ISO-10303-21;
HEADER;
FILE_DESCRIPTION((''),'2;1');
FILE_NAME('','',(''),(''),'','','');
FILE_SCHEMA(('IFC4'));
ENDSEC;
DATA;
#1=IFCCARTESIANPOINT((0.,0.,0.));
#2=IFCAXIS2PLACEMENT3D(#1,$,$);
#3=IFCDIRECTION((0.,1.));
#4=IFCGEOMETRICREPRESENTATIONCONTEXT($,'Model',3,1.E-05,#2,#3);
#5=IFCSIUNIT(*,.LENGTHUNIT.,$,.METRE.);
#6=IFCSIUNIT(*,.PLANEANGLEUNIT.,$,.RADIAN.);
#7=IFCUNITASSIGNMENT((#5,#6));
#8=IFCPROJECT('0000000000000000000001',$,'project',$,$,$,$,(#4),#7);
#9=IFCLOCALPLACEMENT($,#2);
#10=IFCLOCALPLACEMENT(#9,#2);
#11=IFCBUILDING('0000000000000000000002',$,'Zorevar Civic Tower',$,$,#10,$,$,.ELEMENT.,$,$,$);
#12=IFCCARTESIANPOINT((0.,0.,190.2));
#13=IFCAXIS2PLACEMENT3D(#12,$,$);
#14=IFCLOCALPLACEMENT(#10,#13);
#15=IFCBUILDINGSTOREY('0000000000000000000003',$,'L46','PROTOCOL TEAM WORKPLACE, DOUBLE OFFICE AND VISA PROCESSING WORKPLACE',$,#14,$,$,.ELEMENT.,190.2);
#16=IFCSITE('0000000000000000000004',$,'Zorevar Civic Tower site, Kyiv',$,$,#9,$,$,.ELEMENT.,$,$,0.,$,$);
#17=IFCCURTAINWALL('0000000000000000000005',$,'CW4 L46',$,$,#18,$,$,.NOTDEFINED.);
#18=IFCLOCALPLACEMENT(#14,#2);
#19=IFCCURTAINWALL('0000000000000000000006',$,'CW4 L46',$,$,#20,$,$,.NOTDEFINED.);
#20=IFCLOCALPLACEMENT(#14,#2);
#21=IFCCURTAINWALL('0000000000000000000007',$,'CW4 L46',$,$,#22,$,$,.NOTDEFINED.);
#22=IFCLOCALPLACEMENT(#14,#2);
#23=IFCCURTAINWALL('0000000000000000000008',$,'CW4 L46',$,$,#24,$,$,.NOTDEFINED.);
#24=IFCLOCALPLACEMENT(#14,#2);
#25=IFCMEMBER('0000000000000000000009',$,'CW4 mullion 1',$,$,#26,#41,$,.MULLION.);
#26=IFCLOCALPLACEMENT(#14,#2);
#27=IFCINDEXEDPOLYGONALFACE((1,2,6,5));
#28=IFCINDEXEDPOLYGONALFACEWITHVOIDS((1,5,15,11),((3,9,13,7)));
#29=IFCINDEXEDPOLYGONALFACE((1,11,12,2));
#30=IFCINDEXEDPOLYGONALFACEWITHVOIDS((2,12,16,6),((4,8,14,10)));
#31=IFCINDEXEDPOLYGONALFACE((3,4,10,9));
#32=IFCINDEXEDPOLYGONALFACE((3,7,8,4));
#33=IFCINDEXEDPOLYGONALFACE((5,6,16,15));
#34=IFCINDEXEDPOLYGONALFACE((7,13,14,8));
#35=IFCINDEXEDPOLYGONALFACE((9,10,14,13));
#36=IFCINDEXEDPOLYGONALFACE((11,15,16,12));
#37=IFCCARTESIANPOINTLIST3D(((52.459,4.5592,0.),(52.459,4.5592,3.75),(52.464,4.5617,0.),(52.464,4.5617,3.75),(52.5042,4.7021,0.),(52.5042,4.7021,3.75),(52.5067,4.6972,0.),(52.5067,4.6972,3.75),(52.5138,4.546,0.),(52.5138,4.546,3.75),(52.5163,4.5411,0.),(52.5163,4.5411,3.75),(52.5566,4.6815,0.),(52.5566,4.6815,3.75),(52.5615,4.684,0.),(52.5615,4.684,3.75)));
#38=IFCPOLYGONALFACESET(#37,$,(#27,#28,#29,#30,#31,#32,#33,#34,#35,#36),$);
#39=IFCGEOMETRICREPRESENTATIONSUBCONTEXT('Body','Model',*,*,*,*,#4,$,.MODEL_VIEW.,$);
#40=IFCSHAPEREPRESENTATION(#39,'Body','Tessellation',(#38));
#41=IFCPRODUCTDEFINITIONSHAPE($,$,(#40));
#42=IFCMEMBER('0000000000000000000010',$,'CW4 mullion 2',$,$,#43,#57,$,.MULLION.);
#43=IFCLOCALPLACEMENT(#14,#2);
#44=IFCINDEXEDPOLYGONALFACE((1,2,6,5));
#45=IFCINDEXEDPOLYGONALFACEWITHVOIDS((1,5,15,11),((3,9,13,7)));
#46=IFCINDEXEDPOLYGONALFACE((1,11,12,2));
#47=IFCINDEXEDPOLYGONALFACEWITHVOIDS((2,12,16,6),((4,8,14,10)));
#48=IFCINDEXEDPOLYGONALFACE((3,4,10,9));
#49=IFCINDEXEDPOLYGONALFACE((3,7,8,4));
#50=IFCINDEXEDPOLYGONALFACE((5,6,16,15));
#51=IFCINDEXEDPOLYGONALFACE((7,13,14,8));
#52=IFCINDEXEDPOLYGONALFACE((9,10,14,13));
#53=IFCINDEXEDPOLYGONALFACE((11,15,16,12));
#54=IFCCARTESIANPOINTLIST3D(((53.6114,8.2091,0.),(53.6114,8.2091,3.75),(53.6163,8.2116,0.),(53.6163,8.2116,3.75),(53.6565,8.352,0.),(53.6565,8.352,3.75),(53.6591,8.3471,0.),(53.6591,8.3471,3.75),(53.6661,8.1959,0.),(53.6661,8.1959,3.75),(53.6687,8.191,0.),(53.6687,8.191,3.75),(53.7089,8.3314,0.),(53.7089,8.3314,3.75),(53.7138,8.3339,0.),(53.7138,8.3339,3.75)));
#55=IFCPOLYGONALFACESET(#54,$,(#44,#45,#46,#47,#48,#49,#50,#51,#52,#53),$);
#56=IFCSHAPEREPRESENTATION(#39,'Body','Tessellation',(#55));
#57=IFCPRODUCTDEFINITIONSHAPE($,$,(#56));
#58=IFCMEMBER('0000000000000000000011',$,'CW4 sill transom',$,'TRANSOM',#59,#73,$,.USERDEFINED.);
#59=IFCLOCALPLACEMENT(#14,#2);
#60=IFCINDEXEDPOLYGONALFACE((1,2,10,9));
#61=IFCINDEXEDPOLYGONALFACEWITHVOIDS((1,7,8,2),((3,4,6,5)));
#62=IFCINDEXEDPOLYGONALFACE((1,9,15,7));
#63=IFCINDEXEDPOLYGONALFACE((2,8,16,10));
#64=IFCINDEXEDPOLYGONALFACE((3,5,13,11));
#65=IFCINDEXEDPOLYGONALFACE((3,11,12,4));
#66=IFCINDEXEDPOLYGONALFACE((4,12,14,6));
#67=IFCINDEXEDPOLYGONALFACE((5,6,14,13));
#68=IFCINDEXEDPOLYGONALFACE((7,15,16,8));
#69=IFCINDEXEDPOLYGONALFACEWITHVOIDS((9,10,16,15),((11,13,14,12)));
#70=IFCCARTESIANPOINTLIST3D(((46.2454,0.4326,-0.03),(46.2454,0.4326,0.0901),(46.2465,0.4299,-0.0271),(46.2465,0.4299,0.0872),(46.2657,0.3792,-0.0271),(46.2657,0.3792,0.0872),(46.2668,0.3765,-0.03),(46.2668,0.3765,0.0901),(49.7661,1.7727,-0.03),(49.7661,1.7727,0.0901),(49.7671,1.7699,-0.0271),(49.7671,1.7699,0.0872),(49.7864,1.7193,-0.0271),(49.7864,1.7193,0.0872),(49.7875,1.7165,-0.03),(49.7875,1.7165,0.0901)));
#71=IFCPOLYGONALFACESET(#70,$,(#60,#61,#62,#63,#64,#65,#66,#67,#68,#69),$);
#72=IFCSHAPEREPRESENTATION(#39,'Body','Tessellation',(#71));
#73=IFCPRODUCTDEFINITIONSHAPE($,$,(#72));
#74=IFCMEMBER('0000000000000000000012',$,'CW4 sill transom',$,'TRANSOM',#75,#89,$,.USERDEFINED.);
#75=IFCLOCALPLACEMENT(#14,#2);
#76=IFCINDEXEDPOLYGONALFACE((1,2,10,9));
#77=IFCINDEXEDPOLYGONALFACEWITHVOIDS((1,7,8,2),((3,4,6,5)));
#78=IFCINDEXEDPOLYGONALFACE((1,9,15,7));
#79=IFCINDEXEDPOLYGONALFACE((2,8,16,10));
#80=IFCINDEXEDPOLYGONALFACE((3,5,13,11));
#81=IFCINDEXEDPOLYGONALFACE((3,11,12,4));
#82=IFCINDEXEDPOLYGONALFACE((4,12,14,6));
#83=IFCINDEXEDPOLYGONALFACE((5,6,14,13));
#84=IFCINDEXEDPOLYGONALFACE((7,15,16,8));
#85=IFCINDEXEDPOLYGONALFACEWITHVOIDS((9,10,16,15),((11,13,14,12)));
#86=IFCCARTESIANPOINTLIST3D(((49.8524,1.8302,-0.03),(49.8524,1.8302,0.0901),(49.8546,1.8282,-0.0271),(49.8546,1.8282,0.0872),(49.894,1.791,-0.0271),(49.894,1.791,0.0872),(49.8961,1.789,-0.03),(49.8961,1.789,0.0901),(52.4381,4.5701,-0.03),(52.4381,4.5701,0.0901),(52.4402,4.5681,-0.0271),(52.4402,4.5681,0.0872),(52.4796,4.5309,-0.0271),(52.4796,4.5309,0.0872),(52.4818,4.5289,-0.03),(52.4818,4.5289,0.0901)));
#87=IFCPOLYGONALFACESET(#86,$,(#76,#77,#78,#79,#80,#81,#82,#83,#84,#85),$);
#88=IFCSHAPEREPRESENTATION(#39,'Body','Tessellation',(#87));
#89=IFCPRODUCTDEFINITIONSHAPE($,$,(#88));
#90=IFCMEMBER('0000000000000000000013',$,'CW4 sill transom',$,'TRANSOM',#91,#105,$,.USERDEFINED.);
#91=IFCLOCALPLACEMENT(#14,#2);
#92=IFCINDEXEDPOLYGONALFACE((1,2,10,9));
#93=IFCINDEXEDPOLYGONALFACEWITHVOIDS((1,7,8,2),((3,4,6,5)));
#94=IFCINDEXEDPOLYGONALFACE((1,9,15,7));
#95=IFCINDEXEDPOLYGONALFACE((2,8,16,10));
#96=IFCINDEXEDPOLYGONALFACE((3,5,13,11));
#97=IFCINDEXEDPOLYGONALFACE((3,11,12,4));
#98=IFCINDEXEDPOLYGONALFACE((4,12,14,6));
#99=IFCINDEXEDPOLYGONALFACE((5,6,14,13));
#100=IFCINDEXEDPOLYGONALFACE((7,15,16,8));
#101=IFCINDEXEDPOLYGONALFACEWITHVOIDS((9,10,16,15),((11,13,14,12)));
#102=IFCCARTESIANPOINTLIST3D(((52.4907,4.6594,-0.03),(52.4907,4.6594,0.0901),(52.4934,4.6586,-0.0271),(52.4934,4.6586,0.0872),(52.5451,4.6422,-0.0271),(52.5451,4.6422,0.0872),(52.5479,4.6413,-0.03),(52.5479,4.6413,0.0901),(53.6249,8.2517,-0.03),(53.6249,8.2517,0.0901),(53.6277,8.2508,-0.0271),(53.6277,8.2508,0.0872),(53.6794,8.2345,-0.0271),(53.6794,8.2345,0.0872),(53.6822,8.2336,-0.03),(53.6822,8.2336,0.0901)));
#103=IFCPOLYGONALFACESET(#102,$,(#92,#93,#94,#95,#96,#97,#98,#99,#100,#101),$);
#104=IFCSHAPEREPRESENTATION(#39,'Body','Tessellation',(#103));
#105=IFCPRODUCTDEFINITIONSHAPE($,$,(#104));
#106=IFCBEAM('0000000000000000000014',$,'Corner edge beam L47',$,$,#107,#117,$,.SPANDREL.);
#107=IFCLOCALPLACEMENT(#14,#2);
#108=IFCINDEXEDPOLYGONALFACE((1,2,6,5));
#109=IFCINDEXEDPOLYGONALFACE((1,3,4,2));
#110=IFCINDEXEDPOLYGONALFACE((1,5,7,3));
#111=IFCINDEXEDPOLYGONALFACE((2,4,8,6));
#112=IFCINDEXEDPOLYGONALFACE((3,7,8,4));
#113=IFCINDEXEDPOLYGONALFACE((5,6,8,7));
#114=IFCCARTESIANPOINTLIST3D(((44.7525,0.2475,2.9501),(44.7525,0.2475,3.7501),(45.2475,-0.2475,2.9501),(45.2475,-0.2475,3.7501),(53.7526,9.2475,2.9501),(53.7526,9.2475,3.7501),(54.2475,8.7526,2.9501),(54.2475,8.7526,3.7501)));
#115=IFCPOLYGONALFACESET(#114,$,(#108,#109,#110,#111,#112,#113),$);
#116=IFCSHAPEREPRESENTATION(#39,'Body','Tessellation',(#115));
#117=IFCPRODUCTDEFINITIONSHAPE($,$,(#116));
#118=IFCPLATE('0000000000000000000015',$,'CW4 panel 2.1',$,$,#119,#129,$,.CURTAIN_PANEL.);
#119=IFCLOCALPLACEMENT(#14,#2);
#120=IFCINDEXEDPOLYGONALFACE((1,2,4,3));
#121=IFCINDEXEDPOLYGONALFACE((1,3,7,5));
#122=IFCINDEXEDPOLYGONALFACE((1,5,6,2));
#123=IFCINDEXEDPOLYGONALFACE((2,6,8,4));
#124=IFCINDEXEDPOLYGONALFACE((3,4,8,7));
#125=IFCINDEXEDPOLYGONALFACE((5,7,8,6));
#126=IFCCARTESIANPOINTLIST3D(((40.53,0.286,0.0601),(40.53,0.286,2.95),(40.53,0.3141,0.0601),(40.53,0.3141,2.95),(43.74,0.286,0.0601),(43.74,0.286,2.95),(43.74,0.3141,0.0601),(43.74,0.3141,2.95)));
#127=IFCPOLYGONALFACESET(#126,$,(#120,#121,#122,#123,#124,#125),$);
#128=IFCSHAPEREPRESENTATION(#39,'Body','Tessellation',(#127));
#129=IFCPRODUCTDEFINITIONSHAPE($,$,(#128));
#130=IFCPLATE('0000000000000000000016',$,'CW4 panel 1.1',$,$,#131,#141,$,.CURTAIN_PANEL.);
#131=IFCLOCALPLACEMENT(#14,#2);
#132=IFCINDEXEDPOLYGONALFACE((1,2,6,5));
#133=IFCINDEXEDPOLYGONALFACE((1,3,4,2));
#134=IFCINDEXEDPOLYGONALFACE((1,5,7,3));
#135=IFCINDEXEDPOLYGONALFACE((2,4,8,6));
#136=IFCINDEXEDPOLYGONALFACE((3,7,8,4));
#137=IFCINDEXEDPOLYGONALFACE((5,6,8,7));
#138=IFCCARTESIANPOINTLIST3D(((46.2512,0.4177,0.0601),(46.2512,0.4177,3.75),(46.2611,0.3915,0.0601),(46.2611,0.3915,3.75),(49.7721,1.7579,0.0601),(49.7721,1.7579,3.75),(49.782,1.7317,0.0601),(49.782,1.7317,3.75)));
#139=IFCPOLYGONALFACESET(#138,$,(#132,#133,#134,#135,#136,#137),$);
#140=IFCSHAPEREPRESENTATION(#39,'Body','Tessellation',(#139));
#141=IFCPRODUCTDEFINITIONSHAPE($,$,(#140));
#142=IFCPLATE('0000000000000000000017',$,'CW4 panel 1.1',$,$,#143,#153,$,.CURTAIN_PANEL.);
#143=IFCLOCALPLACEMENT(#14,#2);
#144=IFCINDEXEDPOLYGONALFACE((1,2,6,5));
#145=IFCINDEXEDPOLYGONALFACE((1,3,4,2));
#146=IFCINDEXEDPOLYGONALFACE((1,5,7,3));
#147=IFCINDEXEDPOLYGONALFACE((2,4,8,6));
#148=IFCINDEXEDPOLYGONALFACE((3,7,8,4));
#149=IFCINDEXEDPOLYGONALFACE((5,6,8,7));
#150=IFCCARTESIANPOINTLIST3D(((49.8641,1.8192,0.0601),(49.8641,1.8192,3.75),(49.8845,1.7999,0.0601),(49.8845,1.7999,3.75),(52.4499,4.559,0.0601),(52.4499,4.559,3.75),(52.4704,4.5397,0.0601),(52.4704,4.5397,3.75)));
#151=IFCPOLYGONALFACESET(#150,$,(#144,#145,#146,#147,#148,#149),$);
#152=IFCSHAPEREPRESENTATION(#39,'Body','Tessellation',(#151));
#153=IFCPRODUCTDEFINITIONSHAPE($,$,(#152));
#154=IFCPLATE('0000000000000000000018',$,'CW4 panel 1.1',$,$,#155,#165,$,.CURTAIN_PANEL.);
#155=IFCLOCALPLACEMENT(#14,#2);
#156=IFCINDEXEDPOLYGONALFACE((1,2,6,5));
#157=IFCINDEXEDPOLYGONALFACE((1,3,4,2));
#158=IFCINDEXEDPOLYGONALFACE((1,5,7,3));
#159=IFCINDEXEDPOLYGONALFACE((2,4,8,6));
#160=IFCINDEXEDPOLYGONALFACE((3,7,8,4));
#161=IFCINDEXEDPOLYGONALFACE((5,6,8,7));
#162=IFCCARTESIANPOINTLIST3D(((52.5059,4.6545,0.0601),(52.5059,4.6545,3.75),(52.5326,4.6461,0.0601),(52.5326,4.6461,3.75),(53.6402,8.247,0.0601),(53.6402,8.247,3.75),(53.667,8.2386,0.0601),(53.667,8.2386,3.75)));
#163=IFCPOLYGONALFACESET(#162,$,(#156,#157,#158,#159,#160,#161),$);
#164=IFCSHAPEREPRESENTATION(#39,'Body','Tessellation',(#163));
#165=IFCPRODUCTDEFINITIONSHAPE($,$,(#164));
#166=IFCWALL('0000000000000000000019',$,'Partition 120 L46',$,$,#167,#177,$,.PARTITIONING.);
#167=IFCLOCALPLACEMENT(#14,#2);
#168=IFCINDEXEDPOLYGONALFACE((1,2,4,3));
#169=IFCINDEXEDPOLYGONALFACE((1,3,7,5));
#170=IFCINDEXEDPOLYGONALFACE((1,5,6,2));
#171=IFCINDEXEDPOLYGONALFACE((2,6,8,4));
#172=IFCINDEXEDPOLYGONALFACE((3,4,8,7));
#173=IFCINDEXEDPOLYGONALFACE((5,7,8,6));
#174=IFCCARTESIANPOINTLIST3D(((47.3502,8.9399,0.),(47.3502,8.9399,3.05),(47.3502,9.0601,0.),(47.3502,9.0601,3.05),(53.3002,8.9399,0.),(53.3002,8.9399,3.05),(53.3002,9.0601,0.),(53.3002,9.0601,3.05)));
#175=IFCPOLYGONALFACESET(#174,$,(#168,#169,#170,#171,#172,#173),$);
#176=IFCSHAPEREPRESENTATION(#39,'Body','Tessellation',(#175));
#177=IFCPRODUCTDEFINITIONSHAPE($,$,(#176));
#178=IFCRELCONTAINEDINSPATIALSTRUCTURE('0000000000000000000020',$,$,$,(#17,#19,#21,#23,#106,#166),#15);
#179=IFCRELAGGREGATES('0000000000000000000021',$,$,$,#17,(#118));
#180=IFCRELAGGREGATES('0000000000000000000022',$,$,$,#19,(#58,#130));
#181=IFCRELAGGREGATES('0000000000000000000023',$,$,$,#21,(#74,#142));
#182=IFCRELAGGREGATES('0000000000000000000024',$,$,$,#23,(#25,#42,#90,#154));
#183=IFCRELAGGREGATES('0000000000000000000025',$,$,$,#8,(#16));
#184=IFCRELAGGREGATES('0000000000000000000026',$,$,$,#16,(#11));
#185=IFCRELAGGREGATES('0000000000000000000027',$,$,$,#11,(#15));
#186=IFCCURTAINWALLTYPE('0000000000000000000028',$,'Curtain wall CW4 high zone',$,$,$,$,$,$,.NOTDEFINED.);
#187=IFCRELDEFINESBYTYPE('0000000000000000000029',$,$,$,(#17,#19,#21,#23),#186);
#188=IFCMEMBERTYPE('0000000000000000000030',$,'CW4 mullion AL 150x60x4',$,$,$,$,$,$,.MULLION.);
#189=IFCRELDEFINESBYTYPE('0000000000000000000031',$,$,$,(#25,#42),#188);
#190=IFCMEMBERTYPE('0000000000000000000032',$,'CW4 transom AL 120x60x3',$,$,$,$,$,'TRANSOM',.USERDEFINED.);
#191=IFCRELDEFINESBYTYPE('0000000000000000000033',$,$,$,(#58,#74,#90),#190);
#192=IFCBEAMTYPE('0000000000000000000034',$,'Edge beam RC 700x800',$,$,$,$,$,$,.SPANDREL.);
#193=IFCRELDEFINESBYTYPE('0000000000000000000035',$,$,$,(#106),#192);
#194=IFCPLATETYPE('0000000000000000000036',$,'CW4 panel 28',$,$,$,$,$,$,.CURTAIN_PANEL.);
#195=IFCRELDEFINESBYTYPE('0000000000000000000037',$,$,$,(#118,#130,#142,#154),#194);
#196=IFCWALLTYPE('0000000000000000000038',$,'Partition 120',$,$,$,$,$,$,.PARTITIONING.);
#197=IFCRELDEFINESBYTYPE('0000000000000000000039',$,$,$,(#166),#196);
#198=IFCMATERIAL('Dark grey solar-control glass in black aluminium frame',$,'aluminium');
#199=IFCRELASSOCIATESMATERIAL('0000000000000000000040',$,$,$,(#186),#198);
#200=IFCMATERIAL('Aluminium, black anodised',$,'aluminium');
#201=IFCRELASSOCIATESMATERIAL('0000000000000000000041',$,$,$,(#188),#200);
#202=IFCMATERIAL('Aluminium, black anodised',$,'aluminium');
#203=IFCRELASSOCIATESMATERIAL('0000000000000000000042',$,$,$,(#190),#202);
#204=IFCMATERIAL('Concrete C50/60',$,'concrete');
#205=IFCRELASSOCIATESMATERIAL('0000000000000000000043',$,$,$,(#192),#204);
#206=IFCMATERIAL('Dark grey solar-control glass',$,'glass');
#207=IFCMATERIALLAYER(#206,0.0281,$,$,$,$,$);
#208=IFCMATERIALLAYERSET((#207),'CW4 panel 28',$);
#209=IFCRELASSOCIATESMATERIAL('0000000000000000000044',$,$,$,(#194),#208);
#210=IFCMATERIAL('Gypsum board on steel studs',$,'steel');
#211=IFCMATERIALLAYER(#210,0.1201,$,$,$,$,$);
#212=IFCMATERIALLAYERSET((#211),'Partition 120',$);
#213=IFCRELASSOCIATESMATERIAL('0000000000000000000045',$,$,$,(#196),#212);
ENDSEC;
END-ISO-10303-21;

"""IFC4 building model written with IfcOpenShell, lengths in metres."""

from ifc_helpers import new_model, si_unit, direction, frame, frame_2d, origin, origin_2d, place, context, subcontext, project, spatial, rectangle, hollow_rectangle, extrude, material, layer, layer_set, material_profile, profile_set, type_object, element, aggregate, save


model = new_model("IFC4")

# Units and contexts
model_context = context("Model", 3, precision=1e-05, world=origin(), true_north=direction((0.0, 1.0)))
body_context = subcontext(model_context, "Body", "Model", "MODEL_VIEW")
ifc_project = project(units=[si_unit("LENGTHUNIT", "METRE"), si_unit("PLANEANGLEUNIT", "RADIAN")], contexts=[model_context])

# Site, building, storey
site_placement = place(None, origin())
site = spatial("IfcSite", under=ifc_project, at=site_placement, Name="Zorevar Civic Tower site, Kyiv", CompositionType="ELEMENT", RefElevation=0.0)
building_placement = place(site_placement, origin())
building = spatial("IfcBuilding", under=site, at=building_placement, Name="Zorevar Civic Tower", CompositionType="ELEMENT")
storey_placement = place(building_placement, frame((0.0, 0.0, 190.2)))
storey = spatial("IfcBuildingStorey", under=building, at=storey_placement, Name="L46", Description="PROTOCOL TEAM WORKPLACE, DOUBLE OFFICE AND VISA PROCESSING WORKPLACE", CompositionType="ELEMENT", Elevation=190.2)

# Curtain walls, members
ifc_material_1 = material(Name="Dark grey solar-control glass in black aluminium frame", Category="aluminium")
curtain_wall_type = type_object("IfcCurtainWallType", Name="Curtain wall CW4 high zone", PredefinedType="NOTDEFINED", material=ifc_material_1)
curtain_wall_1_placement = place(storey_placement, origin())
curtain_wall_1 = element("IfcCurtainWall", 1, at=curtain_wall_1_placement, inside=storey, type_object=curtain_wall_type, Name="CW4 L46", PredefinedType="NOTDEFINED")
ifc_material_2 = material(Name="Aluminium, black anodised", Category="aluminium")
ifc_material_profile_1 = material_profile(ifc_material_2, hollow_rectangle(XDim=0.0601, YDim=0.1499, WallThickness=0.0039, at=origin_2d()), Name="AL 150x60x4")
ifc_profile_set_1 = profile_set([ifc_material_profile_1], Name="Aluminium, black anodised")
member_type_1 = type_object("IfcMemberType", Name="CW4 mullion AL 150x60x4", PredefinedType="MULLION", material=ifc_profile_set_1)
curtain_wall_2_placement = place(storey_placement, origin())
curtain_wall_2 = element("IfcCurtainWall", 2, at=curtain_wall_2_placement, inside=storey, type_object=curtain_wall_type, Name="CW4 L46", PredefinedType="NOTDEFINED")
curtain_wall_3_placement = place(storey_placement, origin())
curtain_wall_3 = element("IfcCurtainWall", 3, at=curtain_wall_3_placement, inside=storey, type_object=curtain_wall_type, Name="CW4 L46", PredefinedType="NOTDEFINED")
curtain_wall_4_placement = place(storey_placement, origin())
curtain_wall_4 = element("IfcCurtainWall", 4, at=curtain_wall_4_placement, inside=storey, type_object=curtain_wall_type, Name="CW4 L46", PredefinedType="NOTDEFINED")
member_1_placement = place(storey_placement, frame((52.5103, 4.6216, 0.0), z_axis=(0.0, 0.0, 1.0), x_axis=(-0.95359, 0.301108, 0.0)))
member_1 = element("IfcMember", 5, at=member_1_placement, type_object=member_type_1, Name="CW4 mullion 1", PredefinedType="MULLION", context=body_context, shape_type="SweptSolid", body=[
    extrude(hollow_rectangle(XDim=0.0601, YDim=0.1499, WallThickness=0.0039, at=origin_2d()), origin(), (0.0, 0.0, 1.0), 3.75),
])
member_2_placement = place(storey_placement, frame((53.6626, 8.2715, 0.0), z_axis=(0.0, 0.0, 1.0), x_axis=(-0.95359, 0.301108, 0.0)))
member_2 = element("IfcMember", 6, at=member_2_placement, type_object=member_type_1, Name="CW4 mullion 2", PredefinedType="MULLION", context=body_context, shape_type="SweptSolid", body=[
    extrude(hollow_rectangle(XDim=0.0601, YDim=0.1499, WallThickness=0.0039, at=origin_2d()), origin(), (0.0, 0.0, 1.0), 3.75),
])

# Members
ifc_material_3 = material(Name="Aluminium, black anodised", Category="aluminium")
ifc_material_profile_2 = material_profile(ifc_material_3, hollow_rectangle(XDim=0.0601, YDim=0.1201, WallThickness=0.0029, at=origin_2d()), Name="AL 120x60x3")
ifc_profile_set_2 = profile_set([ifc_material_profile_2], Name="Aluminium, black anodised")
member_type_2 = type_object("IfcMemberType", Name="CW4 transom AL 120x60x3", ElementType="TRANSOM", PredefinedType="USERDEFINED", material=ifc_profile_set_2)
member_3_placement = place(storey_placement, frame((46.2561, 0.4045, 0.03), z_axis=(0.934589, 0.355729, 0.0), x_axis=(-0.355729, 0.934589, 0.0)))
member_3 = element("IfcMember", 7, at=member_3_placement, type_object=member_type_2, Name="CW4 sill transom", ObjectType="TRANSOM", PredefinedType="USERDEFINED", context=body_context, shape_type="SweptSolid", body=[
    extrude(hollow_rectangle(XDim=0.0601, YDim=0.1201, WallThickness=0.0029, at=origin_2d()), origin(), (0.0, 0.0, 1.0), 3.7671),
])
member_4_placement = place(storey_placement, frame((49.8743, 1.8096, 0.03), z_axis=(0.686332, 0.727288, 0.0), x_axis=(-0.727288, 0.686332, 0.0)))
member_4 = element("IfcMember", 8, at=member_4_placement, type_object=member_type_2, Name="CW4 sill transom", ObjectType="TRANSOM", PredefinedType="USERDEFINED", context=body_context, shape_type="SweptSolid", body=[
    extrude(hollow_rectangle(XDim=0.0601, YDim=0.1201, WallThickness=0.0029, at=origin_2d()), origin(), (0.0, 0.0, 1.0), 3.7673),
])
member_5_placement = place(storey_placement, frame((52.5193, 4.6504, 0.03), z_axis=(0.3011, 0.953592, 0.0), x_axis=(-0.953592, 0.3011, 0.0)))
member_5 = element("IfcMember", 9, at=member_5_placement, type_object=member_type_2, Name="CW4 sill transom", ObjectType="TRANSOM", PredefinedType="USERDEFINED", context=body_context, shape_type="SweptSolid", body=[
    extrude(hollow_rectangle(XDim=0.0601, YDim=0.1201, WallThickness=0.0029, at=origin_2d()), origin(), (0.0, 0.0, 1.0), 3.7671),
])

# Beam
ifc_material_4 = material(Name="Concrete C50/60", Category="concrete")
ifc_material_profile_3 = material_profile(ifc_material_4, rectangle(XDim=0.7, YDim=0.8, at=origin_2d()), Name="RC 700x800")
ifc_profile_set_3 = profile_set([ifc_material_profile_3], Name="Concrete C50/60")
beam_type_1 = type_object("IfcBeamType", Name="Edge beam RC 700x800", PredefinedType="SPANDREL", material=ifc_profile_set_3)
beam_1_placement = place(storey_placement, frame((45.0, 0.0, 3.3501), z_axis=(0.707107, 0.707107, 0.0), x_axis=(-0.707107, 0.707107, 0.0)))
element("IfcBeam", 10, at=beam_1_placement, inside=storey, type_object=beam_type_1, Name="Corner edge beam L47", PredefinedType="SPANDREL", context=body_context, shape_type="SweptSolid", body=[
    extrude(rectangle(XDim=0.7, YDim=0.8, at=origin_2d()), origin(), (0.0, 0.0, 1.0), 12.728),
])

# Plates
ifc_material_5 = material(Name="Dark grey solar-control glass", Category="glass")
ifc_layer_1 = layer(ifc_material_5, 0.0281)
ifc_layer_set_1 = layer_set([ifc_layer_1], Name="CW4 panel 28")
plate_type = type_object("IfcPlateType", Name="CW4 panel 28", PredefinedType="CURTAIN_PANEL", material=ifc_layer_set_1)
plate_1_placement = place(storey_placement, frame((42.135, 0.3, 0.0601), z_axis=(0.0, 0.0, 1.0), x_axis=(1.0, 0.0, 0.0)))
plate_1 = element("IfcPlate", 11, at=plate_1_placement, type_object=plate_type, Name="CW4 panel 2.1", PredefinedType="CURTAIN_PANEL", context=body_context, shape_type="SweptSolid", body=[
    extrude(rectangle(XDim=3.21, YDim=0.0281, at=origin_2d()), origin(), (0.0, 0.0, 1.0), 2.8899),
])
aggregate(curtain_wall_1, [plate_1])
plate_2_placement = place(storey_placement, frame((48.0166, 1.0747, 0.0601), z_axis=(0.0, 0.0, 1.0), x_axis=(0.934588, 0.355731, 0.0)))
plate_2 = element("IfcPlate", 12, at=plate_2_placement, type_object=plate_type, Name="CW4 panel 1.1", PredefinedType="CURTAIN_PANEL", context=body_context, shape_type="SweptSolid", body=[
    extrude(rectangle(XDim=3.7673, YDim=0.0281, at=origin_2d()), origin(), (0.0, 0.0, 1.0), 3.6899),
])
aggregate(curtain_wall_2, [member_3, plate_2])
plate_3_placement = place(storey_placement, frame((51.1672, 3.1794, 0.0601), z_axis=(0.0, 0.0, 1.0), x_axis=(0.686378, 0.727245, 0.0)))
plate_3 = element("IfcPlate", 13, at=plate_3_placement, type_object=plate_type, Name="CW4 panel 1.1", PredefinedType="CURTAIN_PANEL", context=body_context, shape_type="SweptSolid", body=[
    extrude(rectangle(XDim=3.7673, YDim=0.0281, at=origin_2d()), origin(), (0.0, 0.0, 1.0), 3.6899),
])
aggregate(curtain_wall_3, [member_4, plate_3])
plate_4_placement = place(storey_placement, frame((53.0864, 6.4465, 0.0601), z_axis=(0.0, 0.0, 1.0), x_axis=(0.301108, 0.95359, 0.0)))
plate_4 = element("IfcPlate", 14, at=plate_4_placement, type_object=plate_type, Name="CW4 panel 1.1", PredefinedType="CURTAIN_PANEL", context=body_context, shape_type="SweptSolid", body=[
    extrude(rectangle(XDim=3.7673, YDim=0.0281, at=origin_2d()), origin(), (0.0, 0.0, 1.0), 3.6899),
])
aggregate(curtain_wall_4, [member_1, member_2, member_5, plate_4])

# Wall
ifc_material_6 = material(Name="Gypsum board on steel studs", Category="steel")
ifc_layer_2 = layer(ifc_material_6, 0.1201)
ifc_layer_set_2 = layer_set([ifc_layer_2], Name="Partition 120")
wall_type = type_object("IfcWallType", Name="Partition 120", PredefinedType="PARTITIONING", material=ifc_layer_set_2)
wall_1_placement = place(storey_placement, frame((47.3501, 9.0, 0.0), z_axis=(0.0, 0.0, 1.0), x_axis=(1.0, 0.0, 0.0)))
element("IfcWall", 15, at=wall_1_placement, inside=storey, type_object=wall_type, Name="Partition 120 L46", PredefinedType="PARTITIONING", context=body_context, shape_type="SweptSolid", body=[
    extrude(rectangle(XDim=5.95, YDim=0.1201, at=frame_2d((2.9751, 0.0))), origin(), (0.0, 0.0, 1.0), 3.05),
])

save(model, "model.ifc")
